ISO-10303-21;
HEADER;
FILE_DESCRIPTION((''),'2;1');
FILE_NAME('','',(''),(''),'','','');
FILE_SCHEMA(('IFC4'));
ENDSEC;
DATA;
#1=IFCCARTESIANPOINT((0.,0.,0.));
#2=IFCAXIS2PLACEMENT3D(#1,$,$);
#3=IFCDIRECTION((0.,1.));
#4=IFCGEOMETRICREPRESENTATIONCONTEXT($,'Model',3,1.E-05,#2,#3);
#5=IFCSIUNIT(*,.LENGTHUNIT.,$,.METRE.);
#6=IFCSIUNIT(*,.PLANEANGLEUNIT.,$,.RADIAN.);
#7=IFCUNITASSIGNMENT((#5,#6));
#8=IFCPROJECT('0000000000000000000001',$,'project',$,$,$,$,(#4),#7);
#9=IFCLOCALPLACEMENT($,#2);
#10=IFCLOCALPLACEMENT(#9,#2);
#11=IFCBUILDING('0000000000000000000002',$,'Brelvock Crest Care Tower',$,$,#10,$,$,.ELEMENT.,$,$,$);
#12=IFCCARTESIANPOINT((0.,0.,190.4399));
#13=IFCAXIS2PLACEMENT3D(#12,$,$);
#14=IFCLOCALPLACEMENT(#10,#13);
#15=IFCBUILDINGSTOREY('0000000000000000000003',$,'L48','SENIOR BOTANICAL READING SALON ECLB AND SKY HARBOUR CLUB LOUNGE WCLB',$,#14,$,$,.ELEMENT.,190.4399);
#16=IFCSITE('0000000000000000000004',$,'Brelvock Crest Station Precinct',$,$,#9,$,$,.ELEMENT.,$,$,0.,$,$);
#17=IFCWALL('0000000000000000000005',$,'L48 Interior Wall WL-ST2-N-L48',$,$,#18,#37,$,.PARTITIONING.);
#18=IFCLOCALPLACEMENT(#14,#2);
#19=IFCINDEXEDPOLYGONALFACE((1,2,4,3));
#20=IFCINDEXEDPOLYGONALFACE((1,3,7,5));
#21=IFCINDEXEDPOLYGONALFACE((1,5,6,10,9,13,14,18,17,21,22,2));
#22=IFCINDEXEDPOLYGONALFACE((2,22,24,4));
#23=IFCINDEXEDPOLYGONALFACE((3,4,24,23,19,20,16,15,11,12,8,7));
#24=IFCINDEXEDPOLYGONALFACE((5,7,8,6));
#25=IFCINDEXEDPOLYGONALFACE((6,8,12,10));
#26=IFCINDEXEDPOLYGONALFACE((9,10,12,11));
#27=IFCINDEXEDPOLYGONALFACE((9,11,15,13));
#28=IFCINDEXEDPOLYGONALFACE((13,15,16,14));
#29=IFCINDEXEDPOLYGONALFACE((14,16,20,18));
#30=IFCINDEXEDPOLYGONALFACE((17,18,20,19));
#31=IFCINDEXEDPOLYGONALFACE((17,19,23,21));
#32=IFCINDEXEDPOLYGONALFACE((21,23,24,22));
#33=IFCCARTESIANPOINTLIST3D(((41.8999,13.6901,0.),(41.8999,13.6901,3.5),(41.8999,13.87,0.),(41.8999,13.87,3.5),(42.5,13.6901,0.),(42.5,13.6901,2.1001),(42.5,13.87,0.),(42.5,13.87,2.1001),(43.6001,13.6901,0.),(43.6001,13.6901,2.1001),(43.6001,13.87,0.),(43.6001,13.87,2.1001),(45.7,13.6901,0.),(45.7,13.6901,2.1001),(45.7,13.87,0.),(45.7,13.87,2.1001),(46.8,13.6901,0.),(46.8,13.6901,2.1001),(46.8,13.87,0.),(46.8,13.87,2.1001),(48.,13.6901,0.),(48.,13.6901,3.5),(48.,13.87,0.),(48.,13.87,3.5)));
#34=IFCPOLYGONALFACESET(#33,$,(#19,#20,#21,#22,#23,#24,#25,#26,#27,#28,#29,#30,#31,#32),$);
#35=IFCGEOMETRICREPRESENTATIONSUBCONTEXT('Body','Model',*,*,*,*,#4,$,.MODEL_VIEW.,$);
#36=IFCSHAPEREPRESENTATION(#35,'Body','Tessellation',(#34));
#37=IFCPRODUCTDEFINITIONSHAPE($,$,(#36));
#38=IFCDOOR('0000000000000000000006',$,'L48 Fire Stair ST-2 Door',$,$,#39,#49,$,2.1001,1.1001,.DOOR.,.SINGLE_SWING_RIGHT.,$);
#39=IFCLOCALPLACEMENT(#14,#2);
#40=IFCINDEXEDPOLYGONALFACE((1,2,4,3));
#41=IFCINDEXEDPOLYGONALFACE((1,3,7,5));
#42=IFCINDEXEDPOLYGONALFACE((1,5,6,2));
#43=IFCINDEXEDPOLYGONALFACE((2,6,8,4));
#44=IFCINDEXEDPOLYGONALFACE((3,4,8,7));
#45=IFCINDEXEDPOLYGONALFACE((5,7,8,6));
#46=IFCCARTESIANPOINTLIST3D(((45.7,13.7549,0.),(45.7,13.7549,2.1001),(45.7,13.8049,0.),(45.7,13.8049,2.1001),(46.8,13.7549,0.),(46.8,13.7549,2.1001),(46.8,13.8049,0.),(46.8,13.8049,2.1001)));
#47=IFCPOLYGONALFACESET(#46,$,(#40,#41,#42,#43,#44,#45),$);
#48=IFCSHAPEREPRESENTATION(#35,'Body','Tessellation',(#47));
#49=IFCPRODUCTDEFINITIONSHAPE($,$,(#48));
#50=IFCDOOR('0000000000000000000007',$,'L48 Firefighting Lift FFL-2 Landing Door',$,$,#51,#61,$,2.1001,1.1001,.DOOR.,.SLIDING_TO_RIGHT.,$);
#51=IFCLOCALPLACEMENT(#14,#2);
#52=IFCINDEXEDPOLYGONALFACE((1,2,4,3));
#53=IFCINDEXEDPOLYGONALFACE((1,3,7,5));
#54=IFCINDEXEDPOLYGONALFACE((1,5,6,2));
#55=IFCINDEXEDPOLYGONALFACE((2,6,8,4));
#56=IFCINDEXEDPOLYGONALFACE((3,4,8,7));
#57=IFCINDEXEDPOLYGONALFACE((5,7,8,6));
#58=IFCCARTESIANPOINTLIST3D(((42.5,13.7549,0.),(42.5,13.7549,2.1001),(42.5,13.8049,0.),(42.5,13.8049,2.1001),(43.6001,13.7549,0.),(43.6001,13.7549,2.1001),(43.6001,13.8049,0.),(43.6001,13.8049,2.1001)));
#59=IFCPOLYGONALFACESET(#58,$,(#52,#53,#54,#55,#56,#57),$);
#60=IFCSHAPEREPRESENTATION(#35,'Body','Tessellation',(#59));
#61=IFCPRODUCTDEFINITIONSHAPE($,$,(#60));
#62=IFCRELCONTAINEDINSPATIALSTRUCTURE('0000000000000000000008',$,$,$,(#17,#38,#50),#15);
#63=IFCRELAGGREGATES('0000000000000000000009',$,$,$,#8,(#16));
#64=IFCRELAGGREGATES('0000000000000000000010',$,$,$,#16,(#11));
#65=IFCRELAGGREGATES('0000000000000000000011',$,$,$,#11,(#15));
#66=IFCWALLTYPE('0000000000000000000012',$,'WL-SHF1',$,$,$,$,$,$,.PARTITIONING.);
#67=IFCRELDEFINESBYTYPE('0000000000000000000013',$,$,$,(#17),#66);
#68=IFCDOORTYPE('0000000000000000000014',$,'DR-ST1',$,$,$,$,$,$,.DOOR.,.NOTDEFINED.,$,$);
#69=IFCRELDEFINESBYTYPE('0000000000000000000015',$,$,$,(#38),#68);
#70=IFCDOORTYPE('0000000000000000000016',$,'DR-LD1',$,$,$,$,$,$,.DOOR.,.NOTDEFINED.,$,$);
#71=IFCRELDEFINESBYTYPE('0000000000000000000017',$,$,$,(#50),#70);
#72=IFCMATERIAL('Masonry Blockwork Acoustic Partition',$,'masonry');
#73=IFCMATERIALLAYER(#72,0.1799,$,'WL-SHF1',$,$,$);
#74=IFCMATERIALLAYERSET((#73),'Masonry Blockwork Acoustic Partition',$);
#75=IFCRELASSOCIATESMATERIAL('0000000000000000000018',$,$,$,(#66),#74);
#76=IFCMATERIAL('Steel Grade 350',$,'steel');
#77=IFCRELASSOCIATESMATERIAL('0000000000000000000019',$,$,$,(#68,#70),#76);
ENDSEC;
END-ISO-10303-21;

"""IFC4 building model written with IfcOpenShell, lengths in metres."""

from ifc_helpers import new_model, si_unit, direction, frame, frame_2d, origin, origin_2d, place, context, subcontext, project, spatial, rectangle, extrude, source, transform, mapped, material, layer, layer_set, type_object, element, fill, save


model = new_model("IFC4")

# Units and contexts
model_context = context("Model", 3, precision=1e-05, world=origin(), true_north=direction((0.0, 1.0)))
body_context = subcontext(model_context, "Body", "Model", "MODEL_VIEW")
ifc_project = project(units=[si_unit("LENGTHUNIT", "METRE"), si_unit("PLANEANGLEUNIT", "RADIAN")], contexts=[model_context])

# Site, building, storey
site_placement = place(None, origin())
site = spatial("IfcSite", under=ifc_project, at=site_placement, Name="Brelvock Crest Station Precinct", CompositionType="ELEMENT", RefElevation=0.0)
building_placement = place(site_placement, origin())
building = spatial("IfcBuilding", under=site, at=building_placement, Name="Brelvock Crest Care Tower", CompositionType="ELEMENT")
storey_placement = place(building_placement, frame((0.0, 0.0, 190.4399)))
storey = spatial("IfcBuildingStorey", under=building, at=storey_placement, Name="L48", Description="SENIOR BOTANICAL READING SALON ECLB AND SKY HARBOUR CLUB LOUNGE WCLB", CompositionType="ELEMENT", Elevation=190.4399)

# Shared definitions
ifc_material_1 = material(Name="Steel Grade 350", Category="steel")

# Shared definitions
ifc_material_2 = material(Name="Masonry Blockwork Acoustic Partition", Category="masonry")

# Wall, openings, doors
ifc_layer_1 = layer(ifc_material_2, 0.1799, Name="WL-SHF1")
ifc_layer_set_1 = layer_set([ifc_layer_1], Name="Masonry Blockwork Acoustic Partition")
wall_type_1 = type_object("IfcWallType", Name="WL-SHF1", PredefinedType="PARTITIONING", material=ifc_layer_set_1)
wall_1_placement = place(storey_placement, frame((41.8999, 13.78, 0.0), z_axis=(0.0, 0.0, 1.0), x_axis=(1.0, 0.0, 0.0)))
wall_1 = element("IfcWall", 1, at=wall_1_placement, inside=storey, type_object=wall_type_1, Name="L48 Interior Wall WL-ST2-N-L48", PredefinedType="PARTITIONING", context=body_context, shape_type="SweptSolid", body=[
    extrude(rectangle(XDim=6.1001, YDim=0.1799, at=frame_2d((3.05, 0.0))), origin(), (0.0, 0.0, 1.0), 3.5),
])
opening_1_placement = place(wall_1_placement, frame((0.6001, 0.0, 0.0)))
opening_1 = element("IfcOpeningElement", 2, at=opening_1_placement, cuts=wall_1, PredefinedType="OPENING", context=body_context, shape_type="SweptSolid", body=[
    extrude(rectangle(XDim=1.1001, YDim=2.1001, at=origin_2d()), frame((0.55, 0.1001, 1.05), z_axis=(0.0, -1.0, 0.0), x_axis=(1.0, 0.0, 0.0)), (0.0, 0.0, 1.0), 0.2),
])
opening_2_placement = place(wall_1_placement, frame((3.8, 0.0, 0.0)))
opening_2 = element("IfcOpeningElement", 3, at=opening_2_placement, cuts=wall_1, PredefinedType="OPENING", context=body_context, shape_type="SweptSolid", body=[
    extrude(rectangle(XDim=1.1001, YDim=2.1001, at=origin_2d()), frame((0.55, 0.1001, 1.05), z_axis=(0.0, -1.0, 0.0), x_axis=(1.0, 0.0, 0.0)), (0.0, 0.0, 1.0), 0.2),
])
door_type_1 = type_object("IfcDoorType", Name="DR-ST1", OperationType="NOTDEFINED", PredefinedType="DOOR", material=ifc_material_1)
shared_shape_1 = source(origin(), body_context, "Body", "SweptSolid", [
    extrude(rectangle(XDim=1.1001, YDim=2.1001, at=origin_2d()), frame((0.55, 0.0249, 1.05), z_axis=(0.0, -1.0, 0.0), x_axis=(1.0, 0.0, 0.0)), (0.0, 0.0, 1.0), 0.05),
])
door_1_placement = place(opening_2_placement, origin())
door_1 = element("IfcDoor", 4, at=door_1_placement, inside=storey, type_object=door_type_1, Name="L48 Fire Stair ST-2 Door", OperationType="SINGLE_SWING_RIGHT", OverallHeight=2.1001, OverallWidth=1.1001, PredefinedType="DOOR", context=body_context, shape_type="MappedRepresentation", body=[
    mapped(shared_shape_1, transform((0.0, 0.0, 0.0), x_axis=(1.0, 0.0, 0.0), y_axis=(0.0, 1.0, 0.0), z_axis=(0.0, 0.0, 1.0), scale=1.0)),
])
fill(opening_2, door_1)
door_type_2 = type_object("IfcDoorType", Name="DR-LD1", OperationType="NOTDEFINED", PredefinedType="DOOR", material=ifc_material_1)
shared_shape_2 = source(origin(), body_context, "Body", "SweptSolid", [
    extrude(rectangle(XDim=1.1001, YDim=2.1001, at=origin_2d()), frame((0.55, 0.0249, 1.05), z_axis=(0.0, -1.0, 0.0), x_axis=(1.0, 0.0, 0.0)), (0.0, 0.0, 1.0), 0.05),
])
door_2_placement = place(opening_1_placement, origin())
door_2 = element("IfcDoor", 5, at=door_2_placement, inside=storey, type_object=door_type_2, Name="L48 Firefighting Lift FFL-2 Landing Door", OperationType="SLIDING_TO_RIGHT", OverallHeight=2.1001, OverallWidth=1.1001, PredefinedType="DOOR", context=body_context, shape_type="MappedRepresentation", body=[
    mapped(shared_shape_2, transform((0.0, 0.0, 0.0), x_axis=(1.0, 0.0, 0.0), y_axis=(0.0, 1.0, 0.0), z_axis=(0.0, 0.0, 1.0), scale=1.0)),
])
fill(opening_1, door_2)

save(model, "model.ifc")
